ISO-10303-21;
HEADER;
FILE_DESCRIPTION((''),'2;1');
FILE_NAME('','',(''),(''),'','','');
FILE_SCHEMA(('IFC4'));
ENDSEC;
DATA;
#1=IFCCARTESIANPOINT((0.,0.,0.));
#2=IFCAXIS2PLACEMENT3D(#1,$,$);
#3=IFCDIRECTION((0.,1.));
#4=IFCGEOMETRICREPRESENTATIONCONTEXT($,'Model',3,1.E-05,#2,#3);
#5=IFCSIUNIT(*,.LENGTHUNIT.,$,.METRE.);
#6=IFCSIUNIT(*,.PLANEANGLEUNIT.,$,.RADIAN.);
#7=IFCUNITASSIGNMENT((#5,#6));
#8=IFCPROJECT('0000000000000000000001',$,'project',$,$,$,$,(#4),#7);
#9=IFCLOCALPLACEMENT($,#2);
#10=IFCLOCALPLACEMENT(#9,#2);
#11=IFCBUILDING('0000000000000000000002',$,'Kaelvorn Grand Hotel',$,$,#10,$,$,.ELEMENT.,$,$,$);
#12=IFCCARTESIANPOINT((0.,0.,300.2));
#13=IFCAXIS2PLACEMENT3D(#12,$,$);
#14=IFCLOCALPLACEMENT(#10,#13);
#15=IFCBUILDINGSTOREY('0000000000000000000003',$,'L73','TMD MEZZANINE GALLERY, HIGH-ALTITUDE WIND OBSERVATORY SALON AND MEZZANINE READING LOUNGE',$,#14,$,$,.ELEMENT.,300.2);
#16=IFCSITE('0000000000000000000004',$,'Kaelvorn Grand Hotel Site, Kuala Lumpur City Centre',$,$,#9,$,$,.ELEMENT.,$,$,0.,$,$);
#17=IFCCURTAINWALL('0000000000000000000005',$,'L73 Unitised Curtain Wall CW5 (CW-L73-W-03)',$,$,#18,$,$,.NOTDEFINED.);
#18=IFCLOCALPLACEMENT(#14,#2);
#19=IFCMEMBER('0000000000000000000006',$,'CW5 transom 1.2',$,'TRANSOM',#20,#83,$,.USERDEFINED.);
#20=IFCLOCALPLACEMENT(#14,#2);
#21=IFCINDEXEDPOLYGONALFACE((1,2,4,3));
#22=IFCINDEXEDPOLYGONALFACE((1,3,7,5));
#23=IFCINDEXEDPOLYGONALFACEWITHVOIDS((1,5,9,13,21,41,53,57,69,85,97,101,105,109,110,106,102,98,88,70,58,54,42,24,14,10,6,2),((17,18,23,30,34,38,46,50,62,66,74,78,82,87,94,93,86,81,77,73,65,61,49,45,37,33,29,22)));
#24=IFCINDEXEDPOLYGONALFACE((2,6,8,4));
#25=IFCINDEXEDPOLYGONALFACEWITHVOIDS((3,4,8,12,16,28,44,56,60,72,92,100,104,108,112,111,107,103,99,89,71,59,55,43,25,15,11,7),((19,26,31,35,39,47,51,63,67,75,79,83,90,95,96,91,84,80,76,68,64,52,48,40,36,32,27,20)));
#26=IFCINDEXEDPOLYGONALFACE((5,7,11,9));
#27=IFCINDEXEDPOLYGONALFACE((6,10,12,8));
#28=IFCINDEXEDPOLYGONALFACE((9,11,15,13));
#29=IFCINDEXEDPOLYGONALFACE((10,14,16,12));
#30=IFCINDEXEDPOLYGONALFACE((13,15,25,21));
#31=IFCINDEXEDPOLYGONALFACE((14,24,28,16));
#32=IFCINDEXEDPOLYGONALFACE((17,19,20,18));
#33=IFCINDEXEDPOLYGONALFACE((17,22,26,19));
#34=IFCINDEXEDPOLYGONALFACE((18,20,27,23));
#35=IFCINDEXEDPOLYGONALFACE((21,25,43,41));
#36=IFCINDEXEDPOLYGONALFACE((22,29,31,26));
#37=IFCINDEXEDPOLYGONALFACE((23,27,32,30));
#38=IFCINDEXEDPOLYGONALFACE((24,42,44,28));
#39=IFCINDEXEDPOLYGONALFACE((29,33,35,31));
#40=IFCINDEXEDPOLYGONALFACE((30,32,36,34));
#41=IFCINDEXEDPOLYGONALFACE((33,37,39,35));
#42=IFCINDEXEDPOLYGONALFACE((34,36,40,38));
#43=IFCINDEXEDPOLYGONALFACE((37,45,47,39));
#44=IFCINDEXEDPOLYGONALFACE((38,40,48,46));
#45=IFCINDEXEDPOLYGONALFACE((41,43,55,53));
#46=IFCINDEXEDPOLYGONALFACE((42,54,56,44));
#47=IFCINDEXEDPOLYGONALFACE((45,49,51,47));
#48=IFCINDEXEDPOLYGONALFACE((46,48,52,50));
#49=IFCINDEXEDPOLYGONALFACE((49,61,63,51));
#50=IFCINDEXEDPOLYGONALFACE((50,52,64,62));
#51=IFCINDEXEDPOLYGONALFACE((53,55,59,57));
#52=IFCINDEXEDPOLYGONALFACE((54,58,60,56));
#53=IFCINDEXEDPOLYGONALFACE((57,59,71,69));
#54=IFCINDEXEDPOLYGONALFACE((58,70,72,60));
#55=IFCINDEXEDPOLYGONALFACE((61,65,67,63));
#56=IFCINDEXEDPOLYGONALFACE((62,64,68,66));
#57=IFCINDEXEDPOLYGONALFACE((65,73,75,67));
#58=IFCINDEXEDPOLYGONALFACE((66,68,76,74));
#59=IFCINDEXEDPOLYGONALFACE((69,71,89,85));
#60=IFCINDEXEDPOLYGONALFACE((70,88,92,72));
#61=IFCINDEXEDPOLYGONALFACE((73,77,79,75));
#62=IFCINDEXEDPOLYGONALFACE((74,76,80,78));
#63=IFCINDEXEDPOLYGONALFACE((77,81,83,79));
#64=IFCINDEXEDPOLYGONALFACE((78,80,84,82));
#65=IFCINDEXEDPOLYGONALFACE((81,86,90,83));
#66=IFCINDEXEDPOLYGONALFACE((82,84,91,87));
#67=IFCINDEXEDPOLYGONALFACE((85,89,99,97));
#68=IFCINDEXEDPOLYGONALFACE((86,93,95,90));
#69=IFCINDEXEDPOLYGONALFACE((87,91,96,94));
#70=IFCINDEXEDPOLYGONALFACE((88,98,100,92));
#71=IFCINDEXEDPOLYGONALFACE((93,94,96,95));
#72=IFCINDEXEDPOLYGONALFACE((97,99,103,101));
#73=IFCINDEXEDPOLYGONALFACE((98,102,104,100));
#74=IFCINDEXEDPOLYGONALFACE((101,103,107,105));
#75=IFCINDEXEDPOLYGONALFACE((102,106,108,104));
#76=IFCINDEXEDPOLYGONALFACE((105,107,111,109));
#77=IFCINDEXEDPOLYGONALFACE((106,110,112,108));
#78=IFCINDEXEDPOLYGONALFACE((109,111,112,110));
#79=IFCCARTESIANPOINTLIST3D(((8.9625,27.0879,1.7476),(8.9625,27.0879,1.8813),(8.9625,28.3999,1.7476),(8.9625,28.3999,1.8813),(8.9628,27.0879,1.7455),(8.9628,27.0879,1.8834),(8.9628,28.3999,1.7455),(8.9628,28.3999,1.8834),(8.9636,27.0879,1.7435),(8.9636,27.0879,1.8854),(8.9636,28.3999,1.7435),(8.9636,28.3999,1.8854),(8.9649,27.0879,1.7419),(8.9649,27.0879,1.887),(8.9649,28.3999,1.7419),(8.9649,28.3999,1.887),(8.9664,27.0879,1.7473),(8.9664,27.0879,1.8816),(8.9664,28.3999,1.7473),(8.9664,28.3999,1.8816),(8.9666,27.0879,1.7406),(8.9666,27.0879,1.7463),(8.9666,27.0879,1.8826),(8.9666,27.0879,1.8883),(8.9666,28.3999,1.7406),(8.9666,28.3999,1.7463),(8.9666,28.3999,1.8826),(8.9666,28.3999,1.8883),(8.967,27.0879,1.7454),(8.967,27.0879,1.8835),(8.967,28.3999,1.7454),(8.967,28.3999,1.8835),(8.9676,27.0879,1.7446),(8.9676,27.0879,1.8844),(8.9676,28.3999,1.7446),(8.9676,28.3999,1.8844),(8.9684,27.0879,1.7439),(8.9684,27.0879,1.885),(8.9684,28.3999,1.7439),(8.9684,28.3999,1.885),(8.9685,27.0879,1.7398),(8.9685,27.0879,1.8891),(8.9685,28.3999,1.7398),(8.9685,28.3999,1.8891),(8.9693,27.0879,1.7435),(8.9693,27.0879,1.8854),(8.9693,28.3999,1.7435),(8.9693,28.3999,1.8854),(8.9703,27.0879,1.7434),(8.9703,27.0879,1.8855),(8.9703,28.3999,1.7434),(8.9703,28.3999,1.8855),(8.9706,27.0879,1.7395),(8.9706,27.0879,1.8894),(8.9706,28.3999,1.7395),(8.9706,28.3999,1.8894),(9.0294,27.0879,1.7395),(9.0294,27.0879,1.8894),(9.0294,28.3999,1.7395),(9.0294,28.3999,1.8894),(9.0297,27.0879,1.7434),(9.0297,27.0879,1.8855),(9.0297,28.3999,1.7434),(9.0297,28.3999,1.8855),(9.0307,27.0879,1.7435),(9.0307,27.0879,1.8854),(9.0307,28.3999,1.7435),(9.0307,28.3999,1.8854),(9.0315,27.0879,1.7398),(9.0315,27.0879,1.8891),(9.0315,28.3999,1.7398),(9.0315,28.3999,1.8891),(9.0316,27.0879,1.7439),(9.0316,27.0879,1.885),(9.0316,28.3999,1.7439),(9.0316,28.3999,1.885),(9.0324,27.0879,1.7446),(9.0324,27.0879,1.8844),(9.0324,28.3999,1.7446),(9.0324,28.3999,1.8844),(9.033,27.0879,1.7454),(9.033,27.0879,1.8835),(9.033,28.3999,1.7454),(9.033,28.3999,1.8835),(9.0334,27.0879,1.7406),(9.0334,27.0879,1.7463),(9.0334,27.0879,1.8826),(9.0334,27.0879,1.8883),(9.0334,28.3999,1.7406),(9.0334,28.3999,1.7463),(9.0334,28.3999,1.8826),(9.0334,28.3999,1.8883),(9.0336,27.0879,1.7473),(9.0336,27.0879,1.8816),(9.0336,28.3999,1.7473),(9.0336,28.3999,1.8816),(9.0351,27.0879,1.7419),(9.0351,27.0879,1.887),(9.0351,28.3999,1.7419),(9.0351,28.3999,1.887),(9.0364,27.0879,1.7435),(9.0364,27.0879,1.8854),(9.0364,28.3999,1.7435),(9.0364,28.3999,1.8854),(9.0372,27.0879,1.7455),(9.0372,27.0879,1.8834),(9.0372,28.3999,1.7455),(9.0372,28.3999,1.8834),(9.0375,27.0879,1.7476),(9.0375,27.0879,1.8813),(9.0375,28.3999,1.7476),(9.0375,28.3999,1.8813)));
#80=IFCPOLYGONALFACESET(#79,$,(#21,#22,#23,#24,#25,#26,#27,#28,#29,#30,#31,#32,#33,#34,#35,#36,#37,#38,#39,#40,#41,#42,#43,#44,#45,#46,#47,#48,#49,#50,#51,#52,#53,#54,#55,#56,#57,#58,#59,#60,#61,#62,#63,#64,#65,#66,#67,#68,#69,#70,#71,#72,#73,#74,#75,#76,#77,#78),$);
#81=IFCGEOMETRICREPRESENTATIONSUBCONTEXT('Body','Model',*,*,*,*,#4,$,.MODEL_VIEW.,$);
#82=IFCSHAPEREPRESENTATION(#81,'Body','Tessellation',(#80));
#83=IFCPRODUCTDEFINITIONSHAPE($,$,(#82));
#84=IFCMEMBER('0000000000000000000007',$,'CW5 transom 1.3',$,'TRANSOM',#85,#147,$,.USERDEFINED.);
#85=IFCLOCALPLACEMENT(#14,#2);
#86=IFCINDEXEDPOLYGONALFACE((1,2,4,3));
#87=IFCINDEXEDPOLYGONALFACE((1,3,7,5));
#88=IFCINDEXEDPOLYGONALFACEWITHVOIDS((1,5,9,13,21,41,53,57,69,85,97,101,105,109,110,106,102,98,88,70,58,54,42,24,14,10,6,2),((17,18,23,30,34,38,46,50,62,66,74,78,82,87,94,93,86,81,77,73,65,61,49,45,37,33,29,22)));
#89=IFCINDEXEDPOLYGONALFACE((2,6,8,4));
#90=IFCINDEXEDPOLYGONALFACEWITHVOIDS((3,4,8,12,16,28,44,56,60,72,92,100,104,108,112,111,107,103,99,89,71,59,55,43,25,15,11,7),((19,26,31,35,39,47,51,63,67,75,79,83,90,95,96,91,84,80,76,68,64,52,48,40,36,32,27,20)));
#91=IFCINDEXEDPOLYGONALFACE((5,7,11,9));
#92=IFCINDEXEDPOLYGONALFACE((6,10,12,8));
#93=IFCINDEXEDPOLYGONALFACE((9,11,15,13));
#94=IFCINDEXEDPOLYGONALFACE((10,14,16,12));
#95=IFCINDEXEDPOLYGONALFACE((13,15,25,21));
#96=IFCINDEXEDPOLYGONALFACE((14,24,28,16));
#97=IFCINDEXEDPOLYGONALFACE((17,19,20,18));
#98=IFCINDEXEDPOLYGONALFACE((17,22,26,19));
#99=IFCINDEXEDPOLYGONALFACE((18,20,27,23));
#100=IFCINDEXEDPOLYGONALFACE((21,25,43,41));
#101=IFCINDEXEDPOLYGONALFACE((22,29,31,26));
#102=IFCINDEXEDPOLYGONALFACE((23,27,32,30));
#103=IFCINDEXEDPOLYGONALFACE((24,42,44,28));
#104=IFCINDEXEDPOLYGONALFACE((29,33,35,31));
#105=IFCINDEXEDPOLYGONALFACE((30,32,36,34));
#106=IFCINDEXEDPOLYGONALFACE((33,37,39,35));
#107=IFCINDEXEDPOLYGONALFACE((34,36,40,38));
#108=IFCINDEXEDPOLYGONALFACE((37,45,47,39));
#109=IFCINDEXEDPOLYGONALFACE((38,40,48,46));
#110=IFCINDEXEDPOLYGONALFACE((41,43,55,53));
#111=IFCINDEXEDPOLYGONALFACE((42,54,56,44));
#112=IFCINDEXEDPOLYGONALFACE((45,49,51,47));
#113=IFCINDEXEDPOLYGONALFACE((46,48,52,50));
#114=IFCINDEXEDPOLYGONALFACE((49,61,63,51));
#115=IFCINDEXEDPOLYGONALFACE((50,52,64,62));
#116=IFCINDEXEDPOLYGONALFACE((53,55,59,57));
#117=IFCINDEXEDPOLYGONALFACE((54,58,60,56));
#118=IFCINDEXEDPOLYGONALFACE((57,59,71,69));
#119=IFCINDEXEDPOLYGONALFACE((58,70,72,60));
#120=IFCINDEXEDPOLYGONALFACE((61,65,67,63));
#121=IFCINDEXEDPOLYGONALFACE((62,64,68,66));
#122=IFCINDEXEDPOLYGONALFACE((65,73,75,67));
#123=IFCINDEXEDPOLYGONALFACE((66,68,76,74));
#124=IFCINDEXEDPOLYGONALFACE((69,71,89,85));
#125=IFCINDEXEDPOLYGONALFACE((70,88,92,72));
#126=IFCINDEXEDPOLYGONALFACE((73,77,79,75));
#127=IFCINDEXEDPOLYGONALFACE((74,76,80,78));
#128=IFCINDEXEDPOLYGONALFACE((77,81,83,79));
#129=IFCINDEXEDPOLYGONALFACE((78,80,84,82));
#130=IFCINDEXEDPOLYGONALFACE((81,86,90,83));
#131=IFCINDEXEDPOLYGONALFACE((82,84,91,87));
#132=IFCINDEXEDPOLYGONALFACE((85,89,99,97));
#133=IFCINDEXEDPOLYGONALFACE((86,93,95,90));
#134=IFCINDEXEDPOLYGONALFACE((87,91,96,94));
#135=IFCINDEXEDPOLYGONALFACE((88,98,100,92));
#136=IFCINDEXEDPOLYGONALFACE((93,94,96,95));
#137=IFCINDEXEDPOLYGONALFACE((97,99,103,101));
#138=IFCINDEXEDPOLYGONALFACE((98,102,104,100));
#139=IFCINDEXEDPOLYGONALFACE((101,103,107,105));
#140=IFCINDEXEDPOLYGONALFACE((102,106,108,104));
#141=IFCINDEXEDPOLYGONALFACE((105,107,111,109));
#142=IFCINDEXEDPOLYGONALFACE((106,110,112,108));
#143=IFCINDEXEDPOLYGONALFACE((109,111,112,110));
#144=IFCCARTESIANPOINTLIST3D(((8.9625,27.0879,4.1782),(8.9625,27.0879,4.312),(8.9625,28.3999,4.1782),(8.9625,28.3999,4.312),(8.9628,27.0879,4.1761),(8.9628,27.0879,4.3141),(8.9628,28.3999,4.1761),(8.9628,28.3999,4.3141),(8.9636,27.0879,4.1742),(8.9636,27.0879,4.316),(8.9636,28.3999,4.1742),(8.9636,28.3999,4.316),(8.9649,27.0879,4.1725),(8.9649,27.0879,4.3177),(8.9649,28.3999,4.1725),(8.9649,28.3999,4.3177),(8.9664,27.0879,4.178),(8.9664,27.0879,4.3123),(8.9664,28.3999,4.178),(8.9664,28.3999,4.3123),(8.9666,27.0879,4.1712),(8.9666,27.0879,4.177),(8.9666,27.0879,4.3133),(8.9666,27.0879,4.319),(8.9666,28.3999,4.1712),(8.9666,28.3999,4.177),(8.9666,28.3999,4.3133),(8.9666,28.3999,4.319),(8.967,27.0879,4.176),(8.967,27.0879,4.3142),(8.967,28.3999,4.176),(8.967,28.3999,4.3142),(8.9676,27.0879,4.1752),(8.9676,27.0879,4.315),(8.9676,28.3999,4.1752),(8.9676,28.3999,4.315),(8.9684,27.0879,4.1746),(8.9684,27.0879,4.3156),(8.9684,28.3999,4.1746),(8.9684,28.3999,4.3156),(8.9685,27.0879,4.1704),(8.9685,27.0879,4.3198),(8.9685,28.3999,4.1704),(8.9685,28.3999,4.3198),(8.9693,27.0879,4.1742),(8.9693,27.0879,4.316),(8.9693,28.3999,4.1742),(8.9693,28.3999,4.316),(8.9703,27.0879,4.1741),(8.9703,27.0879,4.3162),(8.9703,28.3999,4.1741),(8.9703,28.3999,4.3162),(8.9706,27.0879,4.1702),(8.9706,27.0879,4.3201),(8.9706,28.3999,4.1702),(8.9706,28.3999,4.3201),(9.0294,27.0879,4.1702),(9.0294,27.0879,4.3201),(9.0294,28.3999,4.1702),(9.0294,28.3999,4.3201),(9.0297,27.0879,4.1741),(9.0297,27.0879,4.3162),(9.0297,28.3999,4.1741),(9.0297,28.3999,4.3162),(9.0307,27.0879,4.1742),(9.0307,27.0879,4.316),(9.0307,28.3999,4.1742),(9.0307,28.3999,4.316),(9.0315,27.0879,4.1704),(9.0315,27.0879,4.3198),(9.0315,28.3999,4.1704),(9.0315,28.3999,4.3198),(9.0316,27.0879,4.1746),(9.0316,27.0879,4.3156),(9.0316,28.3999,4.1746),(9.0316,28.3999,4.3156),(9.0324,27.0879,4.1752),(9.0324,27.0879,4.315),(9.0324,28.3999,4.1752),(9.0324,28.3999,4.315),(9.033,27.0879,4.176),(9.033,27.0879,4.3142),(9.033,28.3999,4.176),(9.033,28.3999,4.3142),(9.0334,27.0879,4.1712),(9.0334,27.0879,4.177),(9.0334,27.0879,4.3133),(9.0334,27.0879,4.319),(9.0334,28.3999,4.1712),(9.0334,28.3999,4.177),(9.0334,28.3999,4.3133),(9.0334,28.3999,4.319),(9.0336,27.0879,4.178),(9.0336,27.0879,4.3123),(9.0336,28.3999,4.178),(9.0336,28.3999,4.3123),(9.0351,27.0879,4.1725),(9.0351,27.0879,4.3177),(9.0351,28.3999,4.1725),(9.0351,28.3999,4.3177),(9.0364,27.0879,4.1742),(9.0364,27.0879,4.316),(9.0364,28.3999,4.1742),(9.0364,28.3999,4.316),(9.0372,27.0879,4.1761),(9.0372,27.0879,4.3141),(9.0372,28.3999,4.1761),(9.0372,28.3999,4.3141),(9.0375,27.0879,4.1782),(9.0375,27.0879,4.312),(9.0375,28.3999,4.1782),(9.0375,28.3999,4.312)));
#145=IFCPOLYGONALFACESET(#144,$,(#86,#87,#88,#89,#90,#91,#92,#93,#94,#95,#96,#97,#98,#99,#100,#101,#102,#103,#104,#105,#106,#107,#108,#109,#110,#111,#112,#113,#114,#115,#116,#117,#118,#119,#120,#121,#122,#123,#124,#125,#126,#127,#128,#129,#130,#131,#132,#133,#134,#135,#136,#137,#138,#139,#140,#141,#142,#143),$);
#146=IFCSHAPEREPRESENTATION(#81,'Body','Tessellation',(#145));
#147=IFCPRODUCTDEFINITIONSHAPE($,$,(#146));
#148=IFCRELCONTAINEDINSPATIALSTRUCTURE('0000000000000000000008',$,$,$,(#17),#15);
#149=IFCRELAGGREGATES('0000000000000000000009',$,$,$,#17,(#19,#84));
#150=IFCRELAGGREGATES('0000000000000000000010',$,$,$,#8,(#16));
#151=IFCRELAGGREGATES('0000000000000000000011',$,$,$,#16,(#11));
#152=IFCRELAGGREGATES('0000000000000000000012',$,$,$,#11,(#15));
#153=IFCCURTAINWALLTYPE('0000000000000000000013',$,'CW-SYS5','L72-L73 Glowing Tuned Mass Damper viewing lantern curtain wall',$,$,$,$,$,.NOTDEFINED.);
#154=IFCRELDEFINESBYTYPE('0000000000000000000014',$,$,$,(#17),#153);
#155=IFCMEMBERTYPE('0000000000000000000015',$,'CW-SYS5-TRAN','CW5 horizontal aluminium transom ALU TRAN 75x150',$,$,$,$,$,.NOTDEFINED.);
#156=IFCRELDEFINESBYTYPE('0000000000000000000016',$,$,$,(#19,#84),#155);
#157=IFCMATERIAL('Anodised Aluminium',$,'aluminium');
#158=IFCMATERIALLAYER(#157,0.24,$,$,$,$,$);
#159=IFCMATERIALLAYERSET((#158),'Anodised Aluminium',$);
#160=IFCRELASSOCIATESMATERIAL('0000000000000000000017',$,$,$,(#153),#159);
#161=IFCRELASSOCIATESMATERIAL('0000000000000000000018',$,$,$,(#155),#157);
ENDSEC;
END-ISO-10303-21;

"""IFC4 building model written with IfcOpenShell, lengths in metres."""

from ifc_helpers import new_model, si_unit, direction, frame, origin, origin_2d, place, context, subcontext, project, spatial, hollow_rectangle, extrude, material, layer, layer_set, material_profile, profile_set, type_object, element, aggregate, save


model = new_model("IFC4")

# Units and contexts
model_context = context("Model", 3, precision=1e-05, world=origin(), true_north=direction((0.0, 1.0)))
body_context = subcontext(model_context, "Body", "Model", "MODEL_VIEW")
ifc_project = project(units=[si_unit("LENGTHUNIT", "METRE"), si_unit("PLANEANGLEUNIT", "RADIAN")], contexts=[model_context])

# Site, building, storey
site_placement = place(None, origin())
site = spatial("IfcSite", under=ifc_project, at=site_placement, Name="Kaelvorn Grand Hotel Site, Kuala Lumpur City Centre", CompositionType="ELEMENT", RefElevation=0.0)
building_placement = place(site_placement, origin())
building = spatial("IfcBuilding", under=site, at=building_placement, Name="Kaelvorn Grand Hotel", CompositionType="ELEMENT")
storey_placement = place(building_placement, frame((0.0, 0.0, 300.2)))
storey = spatial("IfcBuildingStorey", under=building, at=storey_placement, Name="L73", Description="TMD MEZZANINE GALLERY, HIGH-ALTITUDE WIND OBSERVATORY SALON AND MEZZANINE READING LOUNGE", CompositionType="ELEMENT", Elevation=300.2)

# Curtain wall, members
ifc_material_1 = material(Name="Anodised Aluminium", Category="aluminium")
ifc_layer_1 = layer(ifc_material_1, 0.24)
ifc_layer_set_1 = layer_set([ifc_layer_1], Name="Anodised Aluminium")
curtain_wall_type = type_object("IfcCurtainWallType", Name="CW-SYS5", Description="L72-L73 Glowing Tuned Mass Damper viewing lantern curtain wall", PredefinedType="NOTDEFINED", material=ifc_layer_set_1)
curtain_wall_placement = place(storey_placement, origin())
curtain_wall = element("IfcCurtainWall", 1, at=curtain_wall_placement, inside=storey, type_object=curtain_wall_type, Name="L73 Unitised Curtain Wall CW5 (CW-L73-W-03)", PredefinedType="NOTDEFINED")
ifc_material_profile_1 = material_profile(ifc_material_1, hollow_rectangle(XDim=0.075, YDim=0.1499, WallThickness=0.0039, InnerFilletRadius=0.0039, OuterFilletRadius=0.0081, at=origin_2d()), Name="ALU TRAN 75x150")
ifc_profile_set_1 = profile_set([ifc_material_profile_1], Name="Anodised Aluminium")
member_type_1 = type_object("IfcMemberType", Name="CW-SYS5-TRAN", Description="CW5 horizontal aluminium transom ALU TRAN 75x150", PredefinedType="NOTDEFINED", material=ifc_profile_set_1)
member_1_placement = place(storey_placement, frame((9.0, 28.3999, 1.8145), z_axis=(0.0, -1.0, 0.0), x_axis=(1.0, 0.0, 0.0)))
member_1 = element("IfcMember", 2, at=member_1_placement, type_object=member_type_1, Name="CW5 transom 1.2", ObjectType="TRANSOM", PredefinedType="USERDEFINED", context=body_context, shape_type="SweptSolid", body=[
    extrude(hollow_rectangle(XDim=0.075, YDim=0.1499, WallThickness=0.0039, InnerFilletRadius=0.0039, OuterFilletRadius=0.0081, at=origin_2d()), origin(), (0.0, 0.0, 1.0), 1.312),
])
member_2_placement = place(storey_placement, frame((9.0, 28.3999, 4.2451), z_axis=(0.0, -1.0, 0.0), x_axis=(1.0, 0.0, 0.0)))
member_2 = element("IfcMember", 3, at=member_2_placement, type_object=member_type_1, Name="CW5 transom 1.3", ObjectType="TRANSOM", PredefinedType="USERDEFINED", context=body_context, shape_type="SweptSolid", body=[
    extrude(hollow_rectangle(XDim=0.075, YDim=0.1499, WallThickness=0.0039, InnerFilletRadius=0.0039, OuterFilletRadius=0.0081, at=origin_2d()), origin(), (0.0, 0.0, 1.0), 1.312),
])
aggregate(curtain_wall, [member_1, member_2])

save(model, "model.ifc")
